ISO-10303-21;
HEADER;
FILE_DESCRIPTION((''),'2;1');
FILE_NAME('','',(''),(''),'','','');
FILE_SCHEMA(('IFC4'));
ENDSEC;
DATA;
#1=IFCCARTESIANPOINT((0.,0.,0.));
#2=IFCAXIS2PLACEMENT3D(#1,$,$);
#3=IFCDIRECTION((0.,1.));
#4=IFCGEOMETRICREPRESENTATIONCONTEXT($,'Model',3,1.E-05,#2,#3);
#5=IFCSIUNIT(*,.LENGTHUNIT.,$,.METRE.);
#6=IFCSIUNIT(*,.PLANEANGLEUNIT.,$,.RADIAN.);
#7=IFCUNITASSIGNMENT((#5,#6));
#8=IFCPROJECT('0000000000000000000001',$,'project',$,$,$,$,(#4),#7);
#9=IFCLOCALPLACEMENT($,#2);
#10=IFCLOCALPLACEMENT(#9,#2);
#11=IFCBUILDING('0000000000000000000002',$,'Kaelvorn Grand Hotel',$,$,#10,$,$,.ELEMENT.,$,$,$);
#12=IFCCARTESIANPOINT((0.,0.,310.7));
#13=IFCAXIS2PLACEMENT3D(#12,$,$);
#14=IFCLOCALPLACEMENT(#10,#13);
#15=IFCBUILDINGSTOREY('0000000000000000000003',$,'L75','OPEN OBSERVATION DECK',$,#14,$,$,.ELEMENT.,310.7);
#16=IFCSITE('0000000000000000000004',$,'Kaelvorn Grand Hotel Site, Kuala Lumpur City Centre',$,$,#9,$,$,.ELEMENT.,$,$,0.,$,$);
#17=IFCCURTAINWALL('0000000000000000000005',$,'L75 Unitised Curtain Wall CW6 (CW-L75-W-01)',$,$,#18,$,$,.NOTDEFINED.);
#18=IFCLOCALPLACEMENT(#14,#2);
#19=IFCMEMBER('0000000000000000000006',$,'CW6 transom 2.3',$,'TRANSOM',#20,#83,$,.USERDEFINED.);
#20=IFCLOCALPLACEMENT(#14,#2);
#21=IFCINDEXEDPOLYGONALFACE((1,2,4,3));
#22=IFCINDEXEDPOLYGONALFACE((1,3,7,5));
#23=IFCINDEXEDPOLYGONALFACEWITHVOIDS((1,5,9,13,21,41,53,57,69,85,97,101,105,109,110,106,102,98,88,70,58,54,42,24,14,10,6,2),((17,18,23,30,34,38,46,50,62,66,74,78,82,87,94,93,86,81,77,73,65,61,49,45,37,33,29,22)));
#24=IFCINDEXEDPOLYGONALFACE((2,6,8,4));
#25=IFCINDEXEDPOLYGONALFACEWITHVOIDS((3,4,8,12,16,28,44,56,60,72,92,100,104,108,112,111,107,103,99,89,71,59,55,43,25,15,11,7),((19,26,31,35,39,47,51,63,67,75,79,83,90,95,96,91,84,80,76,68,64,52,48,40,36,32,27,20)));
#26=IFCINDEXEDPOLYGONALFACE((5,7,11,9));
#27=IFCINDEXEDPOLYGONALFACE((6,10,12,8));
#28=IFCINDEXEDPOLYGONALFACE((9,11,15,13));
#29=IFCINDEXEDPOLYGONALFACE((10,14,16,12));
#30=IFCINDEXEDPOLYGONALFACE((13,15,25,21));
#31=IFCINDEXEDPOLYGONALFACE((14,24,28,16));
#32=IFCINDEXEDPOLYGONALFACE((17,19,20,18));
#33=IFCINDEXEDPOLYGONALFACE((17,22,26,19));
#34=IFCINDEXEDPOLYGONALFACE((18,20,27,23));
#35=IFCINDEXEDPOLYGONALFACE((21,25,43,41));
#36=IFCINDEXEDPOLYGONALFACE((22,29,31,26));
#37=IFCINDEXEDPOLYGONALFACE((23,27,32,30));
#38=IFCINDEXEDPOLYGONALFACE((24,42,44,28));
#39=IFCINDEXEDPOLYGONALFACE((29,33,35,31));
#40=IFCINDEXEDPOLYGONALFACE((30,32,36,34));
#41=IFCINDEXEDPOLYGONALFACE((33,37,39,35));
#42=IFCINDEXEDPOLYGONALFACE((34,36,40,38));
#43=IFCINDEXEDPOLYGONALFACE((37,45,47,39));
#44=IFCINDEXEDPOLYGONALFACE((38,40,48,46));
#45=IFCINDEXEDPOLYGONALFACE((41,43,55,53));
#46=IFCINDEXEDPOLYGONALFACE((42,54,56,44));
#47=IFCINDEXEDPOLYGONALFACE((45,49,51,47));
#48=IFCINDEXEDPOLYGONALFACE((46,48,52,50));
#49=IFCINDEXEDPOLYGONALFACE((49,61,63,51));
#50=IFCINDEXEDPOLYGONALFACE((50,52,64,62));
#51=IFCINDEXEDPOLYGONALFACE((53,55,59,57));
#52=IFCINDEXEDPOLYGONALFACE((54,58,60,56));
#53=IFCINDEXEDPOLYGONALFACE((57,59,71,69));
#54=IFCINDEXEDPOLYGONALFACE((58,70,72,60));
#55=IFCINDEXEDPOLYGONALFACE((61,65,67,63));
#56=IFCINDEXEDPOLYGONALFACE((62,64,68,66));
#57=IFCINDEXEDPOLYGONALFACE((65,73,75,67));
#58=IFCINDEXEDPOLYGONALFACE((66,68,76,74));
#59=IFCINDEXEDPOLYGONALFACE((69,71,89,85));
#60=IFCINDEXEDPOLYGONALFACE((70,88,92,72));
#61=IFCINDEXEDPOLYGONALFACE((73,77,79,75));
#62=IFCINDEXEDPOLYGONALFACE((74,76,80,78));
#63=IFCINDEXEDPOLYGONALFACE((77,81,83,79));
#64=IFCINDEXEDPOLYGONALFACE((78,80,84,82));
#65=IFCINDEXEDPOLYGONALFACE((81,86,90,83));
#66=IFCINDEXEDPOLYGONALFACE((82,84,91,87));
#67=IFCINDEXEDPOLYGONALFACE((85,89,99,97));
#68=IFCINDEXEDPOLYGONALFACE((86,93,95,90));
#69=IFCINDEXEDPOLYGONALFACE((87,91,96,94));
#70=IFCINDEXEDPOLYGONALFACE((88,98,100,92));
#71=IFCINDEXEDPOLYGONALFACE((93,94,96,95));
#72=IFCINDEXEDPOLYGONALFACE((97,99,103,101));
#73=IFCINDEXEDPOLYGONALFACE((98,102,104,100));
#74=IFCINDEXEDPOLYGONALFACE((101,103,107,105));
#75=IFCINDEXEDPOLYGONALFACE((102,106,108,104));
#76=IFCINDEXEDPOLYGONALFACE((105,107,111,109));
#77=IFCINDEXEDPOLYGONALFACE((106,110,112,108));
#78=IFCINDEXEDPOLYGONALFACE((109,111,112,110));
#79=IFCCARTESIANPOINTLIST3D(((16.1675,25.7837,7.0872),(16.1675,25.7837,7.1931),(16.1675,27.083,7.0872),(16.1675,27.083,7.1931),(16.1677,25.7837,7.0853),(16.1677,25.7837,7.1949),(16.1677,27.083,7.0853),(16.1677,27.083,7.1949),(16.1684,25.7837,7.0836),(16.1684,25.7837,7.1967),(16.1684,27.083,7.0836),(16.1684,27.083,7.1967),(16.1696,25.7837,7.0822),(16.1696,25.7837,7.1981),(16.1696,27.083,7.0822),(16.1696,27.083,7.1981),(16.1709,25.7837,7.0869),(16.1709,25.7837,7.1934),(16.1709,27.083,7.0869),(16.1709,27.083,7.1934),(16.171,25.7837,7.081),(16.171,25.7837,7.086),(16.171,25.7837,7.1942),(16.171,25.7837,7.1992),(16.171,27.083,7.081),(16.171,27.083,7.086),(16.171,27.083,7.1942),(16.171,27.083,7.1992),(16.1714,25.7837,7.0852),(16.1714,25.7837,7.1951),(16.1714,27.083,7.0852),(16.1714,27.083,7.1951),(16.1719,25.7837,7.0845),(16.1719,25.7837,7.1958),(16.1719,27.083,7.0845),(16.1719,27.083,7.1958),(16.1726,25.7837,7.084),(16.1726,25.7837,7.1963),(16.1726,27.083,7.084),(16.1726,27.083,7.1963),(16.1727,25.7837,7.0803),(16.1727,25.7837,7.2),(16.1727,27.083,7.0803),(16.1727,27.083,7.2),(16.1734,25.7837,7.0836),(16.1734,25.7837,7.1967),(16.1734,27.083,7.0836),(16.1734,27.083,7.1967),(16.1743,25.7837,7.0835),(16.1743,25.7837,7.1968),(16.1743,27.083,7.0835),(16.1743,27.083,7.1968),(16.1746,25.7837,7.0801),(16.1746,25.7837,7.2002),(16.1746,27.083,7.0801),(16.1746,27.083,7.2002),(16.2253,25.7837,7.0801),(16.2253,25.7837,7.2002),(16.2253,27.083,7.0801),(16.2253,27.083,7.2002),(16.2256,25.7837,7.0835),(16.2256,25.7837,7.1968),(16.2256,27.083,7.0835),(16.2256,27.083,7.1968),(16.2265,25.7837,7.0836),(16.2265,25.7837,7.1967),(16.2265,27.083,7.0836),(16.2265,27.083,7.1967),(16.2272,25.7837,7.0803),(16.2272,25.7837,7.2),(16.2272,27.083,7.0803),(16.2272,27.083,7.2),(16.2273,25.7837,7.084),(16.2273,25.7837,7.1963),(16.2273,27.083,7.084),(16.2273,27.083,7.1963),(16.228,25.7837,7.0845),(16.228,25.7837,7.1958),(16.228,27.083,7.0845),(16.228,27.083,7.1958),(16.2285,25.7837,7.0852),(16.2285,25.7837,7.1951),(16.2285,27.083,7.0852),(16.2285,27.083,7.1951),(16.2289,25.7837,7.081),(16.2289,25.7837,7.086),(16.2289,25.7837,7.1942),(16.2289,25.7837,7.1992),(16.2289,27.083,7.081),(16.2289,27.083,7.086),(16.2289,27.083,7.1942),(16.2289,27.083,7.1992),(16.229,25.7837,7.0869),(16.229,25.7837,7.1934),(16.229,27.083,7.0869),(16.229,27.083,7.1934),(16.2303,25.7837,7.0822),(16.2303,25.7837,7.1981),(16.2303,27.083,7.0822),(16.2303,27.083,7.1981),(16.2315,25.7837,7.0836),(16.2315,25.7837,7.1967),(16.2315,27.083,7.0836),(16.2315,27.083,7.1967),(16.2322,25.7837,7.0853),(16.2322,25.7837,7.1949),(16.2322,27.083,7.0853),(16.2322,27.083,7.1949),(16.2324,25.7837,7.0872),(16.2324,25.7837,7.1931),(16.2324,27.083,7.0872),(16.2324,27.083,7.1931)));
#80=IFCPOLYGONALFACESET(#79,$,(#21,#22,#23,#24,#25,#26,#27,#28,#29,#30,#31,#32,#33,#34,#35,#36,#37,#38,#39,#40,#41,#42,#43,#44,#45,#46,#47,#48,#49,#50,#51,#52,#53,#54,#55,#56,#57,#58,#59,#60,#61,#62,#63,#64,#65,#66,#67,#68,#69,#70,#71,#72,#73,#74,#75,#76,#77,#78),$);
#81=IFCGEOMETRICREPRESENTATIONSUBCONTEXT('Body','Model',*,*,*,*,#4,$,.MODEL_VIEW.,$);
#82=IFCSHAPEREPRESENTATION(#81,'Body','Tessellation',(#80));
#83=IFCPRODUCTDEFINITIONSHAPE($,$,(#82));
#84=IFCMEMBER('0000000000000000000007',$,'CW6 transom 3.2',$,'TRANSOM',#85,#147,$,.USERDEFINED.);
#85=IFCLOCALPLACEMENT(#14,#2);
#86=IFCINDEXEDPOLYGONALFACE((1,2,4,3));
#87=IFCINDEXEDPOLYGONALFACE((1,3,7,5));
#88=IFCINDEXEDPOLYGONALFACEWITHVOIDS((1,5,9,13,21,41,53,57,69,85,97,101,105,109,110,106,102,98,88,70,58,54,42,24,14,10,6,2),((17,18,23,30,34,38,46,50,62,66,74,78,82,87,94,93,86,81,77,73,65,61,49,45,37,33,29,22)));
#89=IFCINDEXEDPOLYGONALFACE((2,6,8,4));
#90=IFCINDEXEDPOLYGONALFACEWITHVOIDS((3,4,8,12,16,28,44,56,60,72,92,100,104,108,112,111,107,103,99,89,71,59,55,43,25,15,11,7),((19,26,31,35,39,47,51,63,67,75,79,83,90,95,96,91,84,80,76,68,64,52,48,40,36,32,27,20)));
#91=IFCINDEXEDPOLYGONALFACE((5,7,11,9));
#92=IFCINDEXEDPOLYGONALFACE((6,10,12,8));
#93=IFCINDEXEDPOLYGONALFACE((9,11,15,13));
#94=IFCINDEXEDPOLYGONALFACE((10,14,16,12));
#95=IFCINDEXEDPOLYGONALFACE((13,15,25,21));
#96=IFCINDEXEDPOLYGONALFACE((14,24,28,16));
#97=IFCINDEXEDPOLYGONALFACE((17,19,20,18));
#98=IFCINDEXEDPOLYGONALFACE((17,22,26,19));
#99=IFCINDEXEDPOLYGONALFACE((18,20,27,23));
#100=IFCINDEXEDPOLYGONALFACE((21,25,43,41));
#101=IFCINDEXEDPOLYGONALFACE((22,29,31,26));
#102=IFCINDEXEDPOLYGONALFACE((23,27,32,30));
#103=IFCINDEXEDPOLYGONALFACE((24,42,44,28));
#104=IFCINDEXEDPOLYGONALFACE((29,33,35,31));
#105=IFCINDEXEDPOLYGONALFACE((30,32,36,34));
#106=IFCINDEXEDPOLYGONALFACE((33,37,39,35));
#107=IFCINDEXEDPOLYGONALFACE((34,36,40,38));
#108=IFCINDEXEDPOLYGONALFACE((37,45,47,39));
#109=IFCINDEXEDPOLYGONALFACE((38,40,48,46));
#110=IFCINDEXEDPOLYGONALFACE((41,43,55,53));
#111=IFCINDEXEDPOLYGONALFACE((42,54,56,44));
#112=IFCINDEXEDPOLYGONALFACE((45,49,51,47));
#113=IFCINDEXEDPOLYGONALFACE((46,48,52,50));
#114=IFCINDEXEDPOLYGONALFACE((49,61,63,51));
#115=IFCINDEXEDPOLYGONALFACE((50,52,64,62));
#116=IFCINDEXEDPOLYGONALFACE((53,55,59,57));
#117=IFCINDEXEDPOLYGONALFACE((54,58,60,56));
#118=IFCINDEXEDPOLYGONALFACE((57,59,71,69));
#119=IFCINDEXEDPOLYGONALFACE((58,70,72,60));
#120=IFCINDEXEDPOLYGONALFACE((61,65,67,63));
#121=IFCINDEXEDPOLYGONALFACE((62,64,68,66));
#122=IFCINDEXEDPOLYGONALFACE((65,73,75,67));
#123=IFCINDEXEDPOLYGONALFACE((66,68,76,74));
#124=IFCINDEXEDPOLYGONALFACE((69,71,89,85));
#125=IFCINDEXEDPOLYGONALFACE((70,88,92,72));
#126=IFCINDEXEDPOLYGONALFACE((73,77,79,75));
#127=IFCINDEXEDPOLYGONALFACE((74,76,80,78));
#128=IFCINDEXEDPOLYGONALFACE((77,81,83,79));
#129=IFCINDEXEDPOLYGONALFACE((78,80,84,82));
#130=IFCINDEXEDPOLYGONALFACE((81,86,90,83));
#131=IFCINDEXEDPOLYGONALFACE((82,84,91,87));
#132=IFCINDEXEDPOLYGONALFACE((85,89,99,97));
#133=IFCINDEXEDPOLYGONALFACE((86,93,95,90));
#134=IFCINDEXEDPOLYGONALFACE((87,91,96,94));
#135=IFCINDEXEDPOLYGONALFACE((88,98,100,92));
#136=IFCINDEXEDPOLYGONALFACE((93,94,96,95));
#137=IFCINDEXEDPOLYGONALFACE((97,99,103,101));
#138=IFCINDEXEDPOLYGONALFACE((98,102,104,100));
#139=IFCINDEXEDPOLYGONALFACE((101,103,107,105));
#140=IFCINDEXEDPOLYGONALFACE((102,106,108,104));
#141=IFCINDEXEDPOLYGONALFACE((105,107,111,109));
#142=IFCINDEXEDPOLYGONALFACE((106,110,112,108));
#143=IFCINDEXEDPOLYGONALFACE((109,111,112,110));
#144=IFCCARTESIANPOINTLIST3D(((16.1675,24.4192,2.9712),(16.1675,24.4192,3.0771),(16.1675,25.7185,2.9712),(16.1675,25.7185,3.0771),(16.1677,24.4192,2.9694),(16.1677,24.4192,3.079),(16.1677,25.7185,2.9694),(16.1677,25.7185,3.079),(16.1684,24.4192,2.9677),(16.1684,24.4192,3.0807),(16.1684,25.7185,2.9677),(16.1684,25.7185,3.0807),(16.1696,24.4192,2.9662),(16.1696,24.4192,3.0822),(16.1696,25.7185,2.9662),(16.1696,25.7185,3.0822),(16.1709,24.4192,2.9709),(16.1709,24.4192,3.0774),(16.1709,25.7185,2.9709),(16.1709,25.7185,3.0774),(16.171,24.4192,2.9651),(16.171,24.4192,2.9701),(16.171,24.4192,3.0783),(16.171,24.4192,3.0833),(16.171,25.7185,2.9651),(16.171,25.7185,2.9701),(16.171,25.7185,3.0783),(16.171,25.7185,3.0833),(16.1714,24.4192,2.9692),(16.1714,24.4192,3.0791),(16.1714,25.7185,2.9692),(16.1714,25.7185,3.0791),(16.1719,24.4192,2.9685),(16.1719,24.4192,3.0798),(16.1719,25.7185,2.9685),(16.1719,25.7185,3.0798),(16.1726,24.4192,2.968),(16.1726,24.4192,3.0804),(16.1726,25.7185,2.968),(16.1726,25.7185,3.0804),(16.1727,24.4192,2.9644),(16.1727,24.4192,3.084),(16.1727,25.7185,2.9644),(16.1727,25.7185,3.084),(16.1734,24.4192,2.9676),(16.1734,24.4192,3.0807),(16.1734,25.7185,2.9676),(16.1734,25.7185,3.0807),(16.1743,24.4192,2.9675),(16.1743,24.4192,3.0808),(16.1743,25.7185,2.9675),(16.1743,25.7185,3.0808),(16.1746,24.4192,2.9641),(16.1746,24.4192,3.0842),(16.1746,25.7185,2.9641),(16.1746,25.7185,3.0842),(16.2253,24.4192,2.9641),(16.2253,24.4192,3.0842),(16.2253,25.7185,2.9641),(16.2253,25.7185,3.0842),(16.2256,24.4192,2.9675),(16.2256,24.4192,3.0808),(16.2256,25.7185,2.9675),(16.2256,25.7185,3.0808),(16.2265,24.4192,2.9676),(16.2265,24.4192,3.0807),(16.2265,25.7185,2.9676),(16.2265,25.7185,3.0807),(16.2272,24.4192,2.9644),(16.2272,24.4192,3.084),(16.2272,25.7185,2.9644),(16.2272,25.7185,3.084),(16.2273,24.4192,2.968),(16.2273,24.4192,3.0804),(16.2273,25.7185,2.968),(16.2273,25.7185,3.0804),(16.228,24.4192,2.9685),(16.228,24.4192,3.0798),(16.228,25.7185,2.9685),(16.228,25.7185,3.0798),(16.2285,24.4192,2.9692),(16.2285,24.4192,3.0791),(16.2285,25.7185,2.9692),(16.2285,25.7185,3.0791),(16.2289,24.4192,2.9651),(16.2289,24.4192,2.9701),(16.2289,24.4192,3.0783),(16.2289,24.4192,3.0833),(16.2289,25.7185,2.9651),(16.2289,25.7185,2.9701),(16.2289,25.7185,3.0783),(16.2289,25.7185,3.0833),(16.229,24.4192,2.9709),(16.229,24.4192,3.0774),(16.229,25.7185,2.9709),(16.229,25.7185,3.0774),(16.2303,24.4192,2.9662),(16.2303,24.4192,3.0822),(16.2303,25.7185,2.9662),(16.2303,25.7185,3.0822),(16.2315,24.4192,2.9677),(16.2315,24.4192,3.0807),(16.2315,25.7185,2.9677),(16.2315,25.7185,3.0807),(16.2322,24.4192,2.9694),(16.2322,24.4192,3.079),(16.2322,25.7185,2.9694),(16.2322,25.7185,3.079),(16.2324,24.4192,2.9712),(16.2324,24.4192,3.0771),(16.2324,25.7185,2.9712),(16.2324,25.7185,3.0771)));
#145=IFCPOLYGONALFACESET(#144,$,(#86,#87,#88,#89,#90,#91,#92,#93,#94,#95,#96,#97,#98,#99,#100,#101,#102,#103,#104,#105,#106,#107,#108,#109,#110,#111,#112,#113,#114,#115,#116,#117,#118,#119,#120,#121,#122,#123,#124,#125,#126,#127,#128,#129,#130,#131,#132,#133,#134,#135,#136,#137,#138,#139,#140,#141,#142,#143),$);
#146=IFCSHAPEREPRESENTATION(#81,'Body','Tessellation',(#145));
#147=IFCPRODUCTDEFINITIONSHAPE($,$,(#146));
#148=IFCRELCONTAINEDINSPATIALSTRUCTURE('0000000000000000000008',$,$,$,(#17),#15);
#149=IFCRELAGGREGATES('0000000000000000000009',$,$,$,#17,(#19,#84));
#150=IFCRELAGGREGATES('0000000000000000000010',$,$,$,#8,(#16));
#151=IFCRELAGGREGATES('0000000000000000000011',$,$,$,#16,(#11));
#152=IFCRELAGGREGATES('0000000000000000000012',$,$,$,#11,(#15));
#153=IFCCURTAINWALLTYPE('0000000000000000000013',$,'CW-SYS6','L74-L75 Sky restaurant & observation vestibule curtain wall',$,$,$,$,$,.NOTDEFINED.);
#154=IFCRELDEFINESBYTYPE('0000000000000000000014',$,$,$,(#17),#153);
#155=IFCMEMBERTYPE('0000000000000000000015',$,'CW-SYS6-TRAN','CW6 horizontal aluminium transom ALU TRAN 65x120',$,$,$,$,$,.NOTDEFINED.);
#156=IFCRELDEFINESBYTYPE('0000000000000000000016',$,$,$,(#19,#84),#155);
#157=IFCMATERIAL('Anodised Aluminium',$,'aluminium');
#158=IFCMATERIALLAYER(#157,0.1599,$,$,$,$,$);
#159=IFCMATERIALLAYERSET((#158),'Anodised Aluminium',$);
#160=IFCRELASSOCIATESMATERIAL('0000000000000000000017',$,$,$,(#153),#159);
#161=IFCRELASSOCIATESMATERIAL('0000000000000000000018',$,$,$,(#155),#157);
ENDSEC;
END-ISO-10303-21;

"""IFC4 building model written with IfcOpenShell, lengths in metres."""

from ifc_helpers import new_model, si_unit, direction, frame, origin, origin_2d, place, context, subcontext, project, spatial, hollow_rectangle, extrude, material, layer, layer_set, material_profile, profile_set, type_object, element, aggregate, save


model = new_model("IFC4")

# Units and contexts
model_context = context("Model", 3, precision=1e-05, world=origin(), true_north=direction((0.0, 1.0)))
body_context = subcontext(model_context, "Body", "Model", "MODEL_VIEW")
ifc_project = project(units=[si_unit("LENGTHUNIT", "METRE"), si_unit("PLANEANGLEUNIT", "RADIAN")], contexts=[model_context])

# Site, building, storey
site_placement = place(None, origin())
site = spatial("IfcSite", under=ifc_project, at=site_placement, Name="Kaelvorn Grand Hotel Site, Kuala Lumpur City Centre", CompositionType="ELEMENT", RefElevation=0.0)
building_placement = place(site_placement, origin())
building = spatial("IfcBuilding", under=site, at=building_placement, Name="Kaelvorn Grand Hotel", CompositionType="ELEMENT")
storey_placement = place(building_placement, frame((0.0, 0.0, 310.7)))
storey = spatial("IfcBuildingStorey", under=building, at=storey_placement, Name="L75", Description="OPEN OBSERVATION DECK", CompositionType="ELEMENT", Elevation=310.7)

# Curtain wall, members
ifc_material_1 = material(Name="Anodised Aluminium", Category="aluminium")
ifc_layer_1 = layer(ifc_material_1, 0.1599)
ifc_layer_set_1 = layer_set([ifc_layer_1], Name="Anodised Aluminium")
curtain_wall_type = type_object("IfcCurtainWallType", Name="CW-SYS6", Description="L74-L75 Sky restaurant & observation vestibule curtain wall", PredefinedType="NOTDEFINED", material=ifc_layer_set_1)
curtain_wall_placement = place(storey_placement, origin())
curtain_wall = element("IfcCurtainWall", 1, at=curtain_wall_placement, inside=storey, type_object=curtain_wall_type, Name="L75 Unitised Curtain Wall CW6 (CW-L75-W-01)", PredefinedType="NOTDEFINED")
ifc_material_profile_1 = material_profile(ifc_material_1, hollow_rectangle(XDim=0.0649, YDim=0.1201, WallThickness=0.0034, InnerFilletRadius=0.0034, OuterFilletRadius=0.0071, at=origin_2d()), Name="ALU TRAN 65x120")
ifc_profile_set_1 = profile_set([ifc_material_profile_1], Name="Anodised Aluminium")
member_type_1 = type_object("IfcMemberType", Name="CW-SYS6-TRAN", Description="CW6 horizontal aluminium transom ALU TRAN 65x120", PredefinedType="NOTDEFINED", material=ifc_profile_set_1)
member_1_placement = place(storey_placement, frame((16.2, 27.083, 7.1401), z_axis=(0.0, -1.0, 0.0), x_axis=(1.0, 0.0, 0.0)))
member_1 = element("IfcMember", 2, at=member_1_placement, type_object=member_type_1, Name="CW6 transom 2.3", ObjectType="TRANSOM", PredefinedType="USERDEFINED", context=body_context, shape_type="SweptSolid", body=[
    extrude(hollow_rectangle(XDim=0.0649, YDim=0.1201, WallThickness=0.0034, InnerFilletRadius=0.0034, OuterFilletRadius=0.0071, at=origin_2d()), origin(), (0.0, 0.0, 1.0), 1.2993),
])
member_2_placement = place(storey_placement, frame((16.2, 25.7185, 3.0242), z_axis=(0.0, -1.0, 0.0), x_axis=(1.0, 0.0, 0.0)))
member_2 = element("IfcMember", 3, at=member_2_placement, type_object=member_type_1, Name="CW6 transom 3.2", ObjectType="TRANSOM", PredefinedType="USERDEFINED", context=body_context, shape_type="SweptSolid", body=[
    extrude(hollow_rectangle(XDim=0.0649, YDim=0.1201, WallThickness=0.0034, InnerFilletRadius=0.0034, OuterFilletRadius=0.0071, at=origin_2d()), origin(), (0.0, 0.0, 1.0), 1.2993),
])
aggregate(curtain_wall, [member_1, member_2])

save(model, "model.ifc")
